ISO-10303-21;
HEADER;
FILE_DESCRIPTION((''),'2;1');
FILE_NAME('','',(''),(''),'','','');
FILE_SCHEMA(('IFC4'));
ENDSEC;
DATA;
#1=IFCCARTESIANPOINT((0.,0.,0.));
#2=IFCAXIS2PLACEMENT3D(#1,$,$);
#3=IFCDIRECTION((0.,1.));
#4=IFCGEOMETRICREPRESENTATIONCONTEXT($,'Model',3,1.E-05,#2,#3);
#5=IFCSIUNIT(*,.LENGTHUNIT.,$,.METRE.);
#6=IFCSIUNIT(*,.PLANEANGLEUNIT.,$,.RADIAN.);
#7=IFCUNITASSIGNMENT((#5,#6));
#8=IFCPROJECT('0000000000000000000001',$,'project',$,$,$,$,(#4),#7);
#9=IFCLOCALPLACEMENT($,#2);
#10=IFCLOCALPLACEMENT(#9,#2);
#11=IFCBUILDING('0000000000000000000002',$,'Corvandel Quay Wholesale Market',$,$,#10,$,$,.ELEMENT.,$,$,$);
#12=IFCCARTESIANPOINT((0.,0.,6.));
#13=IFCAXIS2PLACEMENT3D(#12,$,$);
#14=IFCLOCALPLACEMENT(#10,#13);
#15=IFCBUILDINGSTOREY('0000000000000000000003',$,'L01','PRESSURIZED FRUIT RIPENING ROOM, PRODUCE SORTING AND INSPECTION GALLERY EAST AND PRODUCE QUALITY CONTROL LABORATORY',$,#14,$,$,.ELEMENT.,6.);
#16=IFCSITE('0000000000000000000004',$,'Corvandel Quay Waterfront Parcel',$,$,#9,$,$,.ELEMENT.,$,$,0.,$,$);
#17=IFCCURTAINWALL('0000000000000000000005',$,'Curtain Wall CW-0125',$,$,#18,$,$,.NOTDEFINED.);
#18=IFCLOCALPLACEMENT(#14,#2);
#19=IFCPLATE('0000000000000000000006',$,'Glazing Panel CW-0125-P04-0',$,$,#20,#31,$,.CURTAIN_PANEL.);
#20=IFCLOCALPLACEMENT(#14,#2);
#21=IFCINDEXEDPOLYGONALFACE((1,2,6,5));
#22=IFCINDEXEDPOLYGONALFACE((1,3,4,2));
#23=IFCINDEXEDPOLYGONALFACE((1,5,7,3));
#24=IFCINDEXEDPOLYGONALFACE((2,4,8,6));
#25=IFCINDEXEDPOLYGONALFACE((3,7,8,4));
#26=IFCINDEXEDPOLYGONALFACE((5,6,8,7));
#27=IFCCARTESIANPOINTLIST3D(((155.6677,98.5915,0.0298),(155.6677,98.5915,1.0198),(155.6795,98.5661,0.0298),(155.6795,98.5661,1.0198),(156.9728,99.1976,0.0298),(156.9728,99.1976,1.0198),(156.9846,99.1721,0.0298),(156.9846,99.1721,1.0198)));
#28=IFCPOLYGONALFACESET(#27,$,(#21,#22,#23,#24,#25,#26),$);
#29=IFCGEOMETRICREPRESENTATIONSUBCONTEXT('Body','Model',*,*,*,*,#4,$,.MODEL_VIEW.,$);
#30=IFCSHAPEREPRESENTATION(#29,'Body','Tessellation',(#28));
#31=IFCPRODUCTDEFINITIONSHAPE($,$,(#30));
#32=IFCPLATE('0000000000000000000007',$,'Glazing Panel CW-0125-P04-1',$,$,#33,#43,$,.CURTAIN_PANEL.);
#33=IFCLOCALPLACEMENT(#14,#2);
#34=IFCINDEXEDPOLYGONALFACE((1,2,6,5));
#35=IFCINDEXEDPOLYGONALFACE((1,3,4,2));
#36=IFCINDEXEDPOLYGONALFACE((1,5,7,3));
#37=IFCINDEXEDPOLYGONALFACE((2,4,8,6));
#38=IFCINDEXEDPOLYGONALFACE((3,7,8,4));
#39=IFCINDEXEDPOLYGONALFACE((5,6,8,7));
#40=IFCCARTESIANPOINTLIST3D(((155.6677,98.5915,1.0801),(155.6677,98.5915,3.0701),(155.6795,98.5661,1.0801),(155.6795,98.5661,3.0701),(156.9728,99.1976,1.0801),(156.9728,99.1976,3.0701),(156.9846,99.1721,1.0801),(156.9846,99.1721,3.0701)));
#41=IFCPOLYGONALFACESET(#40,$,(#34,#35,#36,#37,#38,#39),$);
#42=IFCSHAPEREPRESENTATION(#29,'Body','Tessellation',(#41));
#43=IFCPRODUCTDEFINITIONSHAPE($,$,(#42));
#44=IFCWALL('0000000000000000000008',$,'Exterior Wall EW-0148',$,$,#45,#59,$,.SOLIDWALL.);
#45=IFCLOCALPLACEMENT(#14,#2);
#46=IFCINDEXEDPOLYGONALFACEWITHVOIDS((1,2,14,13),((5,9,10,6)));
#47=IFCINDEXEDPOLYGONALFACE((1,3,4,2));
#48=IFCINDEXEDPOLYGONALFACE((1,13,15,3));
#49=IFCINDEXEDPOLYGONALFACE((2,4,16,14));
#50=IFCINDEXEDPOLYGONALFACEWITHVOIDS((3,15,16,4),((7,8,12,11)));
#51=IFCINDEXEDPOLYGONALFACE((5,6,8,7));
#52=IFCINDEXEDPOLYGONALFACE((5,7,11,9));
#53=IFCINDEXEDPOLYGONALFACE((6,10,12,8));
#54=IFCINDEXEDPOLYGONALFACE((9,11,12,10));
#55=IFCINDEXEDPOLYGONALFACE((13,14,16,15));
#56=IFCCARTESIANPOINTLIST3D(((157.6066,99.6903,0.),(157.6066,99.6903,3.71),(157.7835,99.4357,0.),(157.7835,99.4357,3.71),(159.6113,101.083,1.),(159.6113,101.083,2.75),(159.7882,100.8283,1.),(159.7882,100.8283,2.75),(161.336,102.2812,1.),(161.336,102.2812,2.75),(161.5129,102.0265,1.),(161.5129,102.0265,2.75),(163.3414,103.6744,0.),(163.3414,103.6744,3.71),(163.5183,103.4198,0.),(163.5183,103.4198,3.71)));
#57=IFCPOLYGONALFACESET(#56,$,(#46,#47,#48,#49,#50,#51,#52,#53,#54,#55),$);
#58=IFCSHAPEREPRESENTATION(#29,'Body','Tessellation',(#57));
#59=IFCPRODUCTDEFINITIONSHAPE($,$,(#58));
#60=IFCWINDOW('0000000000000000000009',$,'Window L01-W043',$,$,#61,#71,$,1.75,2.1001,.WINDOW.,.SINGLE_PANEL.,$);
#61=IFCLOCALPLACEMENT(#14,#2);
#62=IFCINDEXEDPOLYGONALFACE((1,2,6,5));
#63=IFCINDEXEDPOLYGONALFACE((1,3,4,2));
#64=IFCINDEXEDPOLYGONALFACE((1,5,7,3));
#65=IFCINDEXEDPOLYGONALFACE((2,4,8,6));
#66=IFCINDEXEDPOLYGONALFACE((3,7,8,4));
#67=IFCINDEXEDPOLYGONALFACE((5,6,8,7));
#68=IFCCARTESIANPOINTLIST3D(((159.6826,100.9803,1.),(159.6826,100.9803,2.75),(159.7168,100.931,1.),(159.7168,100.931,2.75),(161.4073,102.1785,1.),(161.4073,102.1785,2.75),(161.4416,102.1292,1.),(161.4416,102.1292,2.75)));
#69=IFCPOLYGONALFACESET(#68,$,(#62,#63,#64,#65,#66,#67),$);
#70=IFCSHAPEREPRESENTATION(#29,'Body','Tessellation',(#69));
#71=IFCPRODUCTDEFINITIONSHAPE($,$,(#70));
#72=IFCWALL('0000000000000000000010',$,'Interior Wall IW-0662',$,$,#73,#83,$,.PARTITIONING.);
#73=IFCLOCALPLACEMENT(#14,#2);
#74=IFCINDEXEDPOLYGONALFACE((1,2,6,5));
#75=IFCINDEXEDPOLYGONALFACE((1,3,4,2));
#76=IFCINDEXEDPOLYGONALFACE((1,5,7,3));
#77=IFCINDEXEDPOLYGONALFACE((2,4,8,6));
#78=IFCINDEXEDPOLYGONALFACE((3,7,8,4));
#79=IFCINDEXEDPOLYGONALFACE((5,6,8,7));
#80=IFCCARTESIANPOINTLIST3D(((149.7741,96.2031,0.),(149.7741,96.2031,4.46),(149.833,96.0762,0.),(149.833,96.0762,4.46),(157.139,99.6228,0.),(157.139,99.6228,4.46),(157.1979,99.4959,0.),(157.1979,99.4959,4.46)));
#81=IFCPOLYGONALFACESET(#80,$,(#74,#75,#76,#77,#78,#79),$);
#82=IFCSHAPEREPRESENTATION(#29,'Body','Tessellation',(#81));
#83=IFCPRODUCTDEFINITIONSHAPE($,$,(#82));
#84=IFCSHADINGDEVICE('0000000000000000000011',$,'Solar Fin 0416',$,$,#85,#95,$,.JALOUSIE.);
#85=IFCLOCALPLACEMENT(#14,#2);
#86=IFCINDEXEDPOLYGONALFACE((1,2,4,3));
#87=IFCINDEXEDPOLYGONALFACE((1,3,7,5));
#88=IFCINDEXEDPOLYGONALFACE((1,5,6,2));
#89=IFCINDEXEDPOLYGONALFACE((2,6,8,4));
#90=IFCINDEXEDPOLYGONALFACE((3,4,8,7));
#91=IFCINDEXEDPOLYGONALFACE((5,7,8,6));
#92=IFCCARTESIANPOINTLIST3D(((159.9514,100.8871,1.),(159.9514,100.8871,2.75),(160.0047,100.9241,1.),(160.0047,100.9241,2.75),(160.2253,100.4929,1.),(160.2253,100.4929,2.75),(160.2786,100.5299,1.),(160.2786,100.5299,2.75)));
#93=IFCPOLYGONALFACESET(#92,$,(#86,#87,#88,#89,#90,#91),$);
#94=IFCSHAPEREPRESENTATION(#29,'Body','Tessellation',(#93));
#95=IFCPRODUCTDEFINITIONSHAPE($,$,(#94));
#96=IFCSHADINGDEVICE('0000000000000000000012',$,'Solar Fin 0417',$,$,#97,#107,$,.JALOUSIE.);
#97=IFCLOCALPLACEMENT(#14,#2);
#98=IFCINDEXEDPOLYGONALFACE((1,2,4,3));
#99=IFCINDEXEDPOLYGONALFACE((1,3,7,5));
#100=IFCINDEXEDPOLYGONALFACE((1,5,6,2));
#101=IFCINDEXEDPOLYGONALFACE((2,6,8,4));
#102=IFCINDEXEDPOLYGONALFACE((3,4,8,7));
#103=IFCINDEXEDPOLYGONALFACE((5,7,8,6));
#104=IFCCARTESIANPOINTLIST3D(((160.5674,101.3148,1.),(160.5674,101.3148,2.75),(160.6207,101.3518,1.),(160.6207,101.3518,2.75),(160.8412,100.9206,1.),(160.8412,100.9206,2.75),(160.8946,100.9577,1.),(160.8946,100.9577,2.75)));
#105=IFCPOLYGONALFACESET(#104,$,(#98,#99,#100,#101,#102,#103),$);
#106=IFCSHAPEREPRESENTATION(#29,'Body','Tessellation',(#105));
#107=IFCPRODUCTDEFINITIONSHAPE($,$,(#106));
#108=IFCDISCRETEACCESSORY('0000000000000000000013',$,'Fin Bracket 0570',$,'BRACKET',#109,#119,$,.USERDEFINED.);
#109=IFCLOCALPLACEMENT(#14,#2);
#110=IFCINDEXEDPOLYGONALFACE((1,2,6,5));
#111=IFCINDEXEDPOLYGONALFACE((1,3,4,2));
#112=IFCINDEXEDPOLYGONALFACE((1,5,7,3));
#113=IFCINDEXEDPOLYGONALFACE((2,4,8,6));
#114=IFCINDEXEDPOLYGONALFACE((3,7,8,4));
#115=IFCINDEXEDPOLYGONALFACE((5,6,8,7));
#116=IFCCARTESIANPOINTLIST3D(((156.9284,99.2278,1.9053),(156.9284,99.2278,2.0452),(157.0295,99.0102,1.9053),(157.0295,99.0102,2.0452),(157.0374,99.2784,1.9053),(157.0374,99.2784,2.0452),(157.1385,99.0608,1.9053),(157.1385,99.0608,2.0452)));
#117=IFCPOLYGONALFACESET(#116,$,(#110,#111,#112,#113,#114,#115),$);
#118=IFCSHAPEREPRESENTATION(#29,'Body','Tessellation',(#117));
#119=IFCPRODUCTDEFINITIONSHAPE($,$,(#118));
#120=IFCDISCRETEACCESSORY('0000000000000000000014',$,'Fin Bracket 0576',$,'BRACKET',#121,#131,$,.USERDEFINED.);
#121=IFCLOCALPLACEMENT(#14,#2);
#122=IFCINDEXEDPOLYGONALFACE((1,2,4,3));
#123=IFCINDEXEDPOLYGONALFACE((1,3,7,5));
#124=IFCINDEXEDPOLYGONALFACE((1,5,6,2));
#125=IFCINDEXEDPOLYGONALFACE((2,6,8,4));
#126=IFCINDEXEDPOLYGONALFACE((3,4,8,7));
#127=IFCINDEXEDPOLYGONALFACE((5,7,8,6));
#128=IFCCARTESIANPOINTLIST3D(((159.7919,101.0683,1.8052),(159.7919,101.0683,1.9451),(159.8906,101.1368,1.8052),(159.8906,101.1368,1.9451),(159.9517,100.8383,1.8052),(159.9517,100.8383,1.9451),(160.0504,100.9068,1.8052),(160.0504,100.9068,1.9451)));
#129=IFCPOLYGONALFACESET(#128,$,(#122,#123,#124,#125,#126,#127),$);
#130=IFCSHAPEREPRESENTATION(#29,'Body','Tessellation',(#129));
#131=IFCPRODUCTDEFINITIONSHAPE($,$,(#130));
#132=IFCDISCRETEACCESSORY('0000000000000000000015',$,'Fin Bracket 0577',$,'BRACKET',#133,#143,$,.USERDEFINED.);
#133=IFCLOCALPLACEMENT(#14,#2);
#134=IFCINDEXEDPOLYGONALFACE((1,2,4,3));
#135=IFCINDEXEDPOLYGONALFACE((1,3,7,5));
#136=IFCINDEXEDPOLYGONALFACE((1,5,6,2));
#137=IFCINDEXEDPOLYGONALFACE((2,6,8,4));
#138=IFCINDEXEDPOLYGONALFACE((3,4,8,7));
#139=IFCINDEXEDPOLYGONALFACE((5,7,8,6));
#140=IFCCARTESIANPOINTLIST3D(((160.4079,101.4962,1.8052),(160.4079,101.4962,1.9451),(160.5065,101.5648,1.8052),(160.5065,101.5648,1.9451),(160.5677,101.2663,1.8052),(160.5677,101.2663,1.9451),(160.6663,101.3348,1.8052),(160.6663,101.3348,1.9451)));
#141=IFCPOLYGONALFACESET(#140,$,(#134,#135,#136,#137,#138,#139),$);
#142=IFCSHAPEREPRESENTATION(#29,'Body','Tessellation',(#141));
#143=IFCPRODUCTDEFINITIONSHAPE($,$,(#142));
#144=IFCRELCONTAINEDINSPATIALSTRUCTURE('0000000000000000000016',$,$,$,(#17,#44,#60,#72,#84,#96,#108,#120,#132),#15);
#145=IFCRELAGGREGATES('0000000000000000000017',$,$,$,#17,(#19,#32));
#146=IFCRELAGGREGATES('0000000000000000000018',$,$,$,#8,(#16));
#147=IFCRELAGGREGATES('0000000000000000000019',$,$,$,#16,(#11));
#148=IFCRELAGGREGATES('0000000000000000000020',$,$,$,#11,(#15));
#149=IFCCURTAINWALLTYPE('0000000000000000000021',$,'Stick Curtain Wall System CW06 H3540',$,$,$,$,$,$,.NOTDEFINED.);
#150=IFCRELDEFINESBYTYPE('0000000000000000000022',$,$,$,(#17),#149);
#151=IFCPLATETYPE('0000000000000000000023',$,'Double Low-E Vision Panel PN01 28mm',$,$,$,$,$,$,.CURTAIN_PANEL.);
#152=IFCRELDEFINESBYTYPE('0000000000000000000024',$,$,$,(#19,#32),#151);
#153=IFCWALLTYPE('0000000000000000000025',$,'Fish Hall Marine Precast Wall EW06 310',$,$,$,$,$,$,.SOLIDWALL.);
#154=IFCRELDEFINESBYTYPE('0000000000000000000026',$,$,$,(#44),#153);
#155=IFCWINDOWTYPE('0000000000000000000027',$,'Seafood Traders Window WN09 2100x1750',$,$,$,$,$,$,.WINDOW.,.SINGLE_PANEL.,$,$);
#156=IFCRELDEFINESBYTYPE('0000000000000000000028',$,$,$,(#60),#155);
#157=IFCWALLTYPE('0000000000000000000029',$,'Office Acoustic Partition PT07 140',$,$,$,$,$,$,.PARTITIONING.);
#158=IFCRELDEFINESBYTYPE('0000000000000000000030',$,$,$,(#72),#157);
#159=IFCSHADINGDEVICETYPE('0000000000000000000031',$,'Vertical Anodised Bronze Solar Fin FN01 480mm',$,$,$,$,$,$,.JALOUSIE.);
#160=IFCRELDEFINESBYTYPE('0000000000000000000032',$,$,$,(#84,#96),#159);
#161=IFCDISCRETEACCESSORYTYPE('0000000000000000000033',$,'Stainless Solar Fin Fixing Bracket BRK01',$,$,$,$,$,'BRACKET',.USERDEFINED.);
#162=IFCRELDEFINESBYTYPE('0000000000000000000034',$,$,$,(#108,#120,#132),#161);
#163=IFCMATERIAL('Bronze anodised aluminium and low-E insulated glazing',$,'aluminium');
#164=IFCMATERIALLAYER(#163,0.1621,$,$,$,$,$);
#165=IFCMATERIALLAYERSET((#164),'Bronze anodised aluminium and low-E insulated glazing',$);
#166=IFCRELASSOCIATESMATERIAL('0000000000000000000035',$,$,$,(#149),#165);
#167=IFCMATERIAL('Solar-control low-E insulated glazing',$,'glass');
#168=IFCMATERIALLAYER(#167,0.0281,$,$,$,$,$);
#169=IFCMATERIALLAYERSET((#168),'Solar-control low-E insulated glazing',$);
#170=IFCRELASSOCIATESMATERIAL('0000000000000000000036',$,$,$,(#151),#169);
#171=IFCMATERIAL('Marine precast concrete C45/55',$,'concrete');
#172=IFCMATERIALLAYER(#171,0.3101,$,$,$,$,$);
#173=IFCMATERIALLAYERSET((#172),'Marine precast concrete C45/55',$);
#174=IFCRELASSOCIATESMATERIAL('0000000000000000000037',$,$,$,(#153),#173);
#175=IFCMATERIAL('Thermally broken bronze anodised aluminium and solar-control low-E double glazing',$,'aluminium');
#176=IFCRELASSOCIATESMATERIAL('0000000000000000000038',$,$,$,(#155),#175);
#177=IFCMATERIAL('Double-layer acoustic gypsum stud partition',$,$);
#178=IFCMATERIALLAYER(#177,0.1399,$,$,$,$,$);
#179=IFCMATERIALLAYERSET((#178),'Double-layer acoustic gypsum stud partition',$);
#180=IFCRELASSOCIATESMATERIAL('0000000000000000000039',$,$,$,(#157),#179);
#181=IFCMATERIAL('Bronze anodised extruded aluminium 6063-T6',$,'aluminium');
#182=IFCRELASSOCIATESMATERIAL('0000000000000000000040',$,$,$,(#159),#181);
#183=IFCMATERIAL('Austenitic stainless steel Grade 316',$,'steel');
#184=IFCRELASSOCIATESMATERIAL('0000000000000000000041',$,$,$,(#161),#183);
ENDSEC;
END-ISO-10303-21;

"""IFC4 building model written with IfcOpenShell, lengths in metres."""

from ifc_helpers import new_model, si_unit, direction, frame, frame_2d, origin, origin_2d, place, context, subcontext, project, spatial, rectangle, extrude, material, layer, layer_set, type_object, element, fill, aggregate, save


model = new_model("IFC4")

# Units and contexts
model_context = context("Model", 3, precision=1e-05, world=origin(), true_north=direction((0.0, 1.0)))
body_context = subcontext(model_context, "Body", "Model", "MODEL_VIEW")
ifc_project = project(units=[si_unit("LENGTHUNIT", "METRE"), si_unit("PLANEANGLEUNIT", "RADIAN")], contexts=[model_context])

# Site, building, storey
site_placement = place(None, origin())
site = spatial("IfcSite", under=ifc_project, at=site_placement, Name="Corvandel Quay Waterfront Parcel", CompositionType="ELEMENT", RefElevation=0.0)
building_placement = place(site_placement, origin())
building = spatial("IfcBuilding", under=site, at=building_placement, Name="Corvandel Quay Wholesale Market", CompositionType="ELEMENT")
storey_placement = place(building_placement, frame((0.0, 0.0, 6.0)))
storey = spatial("IfcBuildingStorey", under=building, at=storey_placement, Name="L01", Description="PRESSURIZED FRUIT RIPENING ROOM, PRODUCE SORTING AND INSPECTION GALLERY EAST AND PRODUCE QUALITY CONTROL LABORATORY", CompositionType="ELEMENT", Elevation=6.0)

# Curtain wall
ifc_material_1 = material(Name="Bronze anodised aluminium and low-E insulated glazing", Category="aluminium")
ifc_layer_1 = layer(ifc_material_1, 0.1621)
ifc_layer_set_1 = layer_set([ifc_layer_1], Name="Bronze anodised aluminium and low-E insulated glazing")
curtain_wall_type_1 = type_object("IfcCurtainWallType", Name="Stick Curtain Wall System CW06 H3540", PredefinedType="NOTDEFINED", material=ifc_layer_set_1)
curtain_wall_1_placement = place(storey_placement, origin())
curtain_wall_1 = element("IfcCurtainWall", 1, at=curtain_wall_1_placement, inside=storey, type_object=curtain_wall_type_1, Name="Curtain Wall CW-0125", PredefinedType="NOTDEFINED")

# Plates
ifc_material_2 = material(Name="Solar-control low-E insulated glazing", Category="glass")
ifc_layer_2 = layer(ifc_material_2, 0.0281)
ifc_layer_set_2 = layer_set([ifc_layer_2], Name="Solar-control low-E insulated glazing")
plate_type_1 = type_object("IfcPlateType", Name="Double Low-E Vision Panel PN01 28mm", PredefinedType="CURTAIN_PANEL", material=ifc_layer_set_2)
plate_1_placement = place(storey_placement, frame((156.3262, 98.8818, 0.0298), z_axis=(0.0, 0.0, 1.0), x_axis=(0.906971, 0.421194, 0.0)))
plate_1 = element("IfcPlate", 2, at=plate_1_placement, type_object=plate_type_1, Name="Glazing Panel CW-0125-P04-0", PredefinedType="CURTAIN_PANEL", context=body_context, shape_type="SweptSolid", body=[
    extrude(rectangle(XDim=1.439, YDim=0.0281, at=origin_2d()), origin(), (0.0, 0.0, 1.0), 0.99),
])
plate_2_placement = place(storey_placement, frame((156.3262, 98.8818, 1.0801), z_axis=(0.0, 0.0, 1.0), x_axis=(0.906971, 0.421194, 0.0)))
plate_2 = element("IfcPlate", 3, at=plate_2_placement, type_object=plate_type_1, Name="Glazing Panel CW-0125-P04-1", PredefinedType="CURTAIN_PANEL", context=body_context, shape_type="SweptSolid", body=[
    extrude(rectangle(XDim=1.439, YDim=0.0281, at=origin_2d()), origin(), (0.0, 0.0, 1.0), 1.99),
])
aggregate(curtain_wall_1, [plate_1, plate_2])

# Wall, opening, window
ifc_material_3 = material(Name="Marine precast concrete C45/55", Category="concrete")
ifc_layer_3 = layer(ifc_material_3, 0.3101)
ifc_layer_set_3 = layer_set([ifc_layer_3], Name="Marine precast concrete C45/55")
wall_type_1 = type_object("IfcWallType", Name="Fish Hall Marine Precast Wall EW06 310", PredefinedType="SOLIDWALL", material=ifc_layer_set_3)
wall_1_placement = place(storey_placement, frame((157.6951, 99.563, 0.0), z_axis=(0.0, 0.0, 1.0), x_axis=(0.821263, 0.570549, 0.0)))
wall_1 = element("IfcWall", 4, at=wall_1_placement, inside=storey, type_object=wall_type_1, Name="Exterior Wall EW-0148", PredefinedType="SOLIDWALL", context=body_context, shape_type="SweptSolid", body=[
    extrude(rectangle(XDim=6.9829, YDim=0.3101, at=frame_2d((3.4915, 0.0))), origin(), (0.0, 0.0, 1.0), 3.71),
])
opening_placement = place(wall_1_placement, frame((2.4409, 0.0, 1.0)))
opening = element("IfcOpeningElement", 5, at=opening_placement, cuts=wall_1, PredefinedType="OPENING", context=body_context, shape_type="SweptSolid", body=[
    extrude(rectangle(XDim=2.1001, YDim=1.75, at=frame_2d((1.05, 0.875))), frame((0.0, 0.165, 0.0), z_axis=(0.0, -1.0, 0.0), x_axis=(1.0, 0.0, 0.0)), (0.0, 0.0, 1.0), 0.3301),
])
ifc_material_4 = material(Name="Thermally broken bronze anodised aluminium and solar-control low-E double glazing", Category="aluminium")
window_type = type_object("IfcWindowType", Name="Seafood Traders Window WN09 2100x1750", PartitioningType="SINGLE_PANEL", PredefinedType="WINDOW", material=ifc_material_4)
window_placement = place(opening_placement, origin())
window = element("IfcWindow", 6, at=window_placement, inside=storey, type_object=window_type, Name="Window L01-W043", OverallHeight=1.75, OverallWidth=2.1001, PartitioningType="SINGLE_PANEL", PredefinedType="WINDOW", context=body_context, shape_type="SweptSolid", body=[
    extrude(rectangle(XDim=2.1001, YDim=1.75, at=frame_2d((1.05, 0.875))), frame((0.0, 0.03, 0.0), z_axis=(0.0, -1.0, 0.0), x_axis=(1.0, 0.0, 0.0)), (0.0, 0.0, 1.0), 0.0601),
])
fill(opening, window)

# Wall
ifc_material_5 = material(Name="Double-layer acoustic gypsum stud partition")
ifc_layer_4 = layer(ifc_material_5, 0.1399)
ifc_layer_set_4 = layer_set([ifc_layer_4], Name="Double-layer acoustic gypsum stud partition")
wall_type_2 = type_object("IfcWallType", Name="Office Acoustic Partition PT07 140", PredefinedType="PARTITIONING", material=ifc_layer_set_4)
wall_2_placement = place(storey_placement, frame((157.1685, 99.5593, 0.0), z_axis=(0.0, 0.0, 1.0), x_axis=(-0.906999, -0.421133, 0.0)))
element("IfcWall", 7, at=wall_2_placement, inside=storey, type_object=wall_type_2, Name="Interior Wall IW-0662", PredefinedType="PARTITIONING", context=body_context, shape_type="SweptSolid", body=[
    extrude(rectangle(XDim=8.1201, YDim=0.1399, at=frame_2d((4.0601, 0.0))), origin(), (0.0, 0.0, 1.0), 4.46),
])

# Shading devices
ifc_material_6 = material(Name="Bronze anodised extruded aluminium 6063-T6", Category="aluminium")
shading_device_type = type_object("IfcShadingDeviceType", Name="Vertical Anodised Bronze Solar Fin FN01 480mm", PredefinedType="JALOUSIE", material=ifc_material_6)
for number, where, z_axis, x_axis, name in (
    (8, (160.115, 100.7085, 1.0), (0.0, 0.0, 1.0), (-0.57057, 0.821249, 0.0), "Solar Fin 0416"),
    (9, (160.731, 101.1362, 1.0), (0.0, 0.0, 1.0), (-0.57057, 0.821249, 0.0), "Solar Fin 0417"),
):
    element("IfcShadingDevice", number, at=place(storey_placement, frame(where, z_axis=z_axis, x_axis=x_axis)), inside=storey, type_object=shading_device_type, Name=name, PredefinedType="JALOUSIE", context=body_context, shape_type="SweptSolid", body=[
        extrude(rectangle(XDim=0.48, YDim=0.0649, at=origin_2d()), origin(), (0.0, 0.0, 1.0), 1.75),
    ])

# Discrete accessories
ifc_material_7 = material(Name="Austenitic stainless steel Grade 316", Category="steel")
discrete_accessory_type = type_object("IfcDiscreteAccessoryType", Name="Stainless Solar Fin Fixing Bracket BRK01", ElementType="BRACKET", PredefinedType="USERDEFINED", material=ifc_material_7)
discrete_accessory_placement = place(storey_placement, frame((157.0334, 99.1443, 1.9053), z_axis=(0.0, 0.0, 1.0), x_axis=(-0.421194, 0.906971, 0.0)))
element("IfcDiscreteAccessory", 10, at=discrete_accessory_placement, inside=storey, type_object=discrete_accessory_type, Name="Fin Bracket 0570", ObjectType="BRACKET", PredefinedType="USERDEFINED", context=body_context, shape_type="SweptSolid", body=[
    extrude(rectangle(XDim=0.24, YDim=0.1201, at=origin_2d()), origin(), (0.0, 0.0, 1.0), 0.1399),
])
for number, where, z_axis, x_axis, name in (
    (11, (159.9211, 100.9875, 1.8052), (0.0, 0.0, 1.0), (-0.57057, 0.821249, 0.0), "Fin Bracket 0576"),
    (12, (160.5371, 101.4155, 1.8052), (0.0, 0.0, 1.0), (-0.57057, 0.821249, 0.0), "Fin Bracket 0577"),
):
    element("IfcDiscreteAccessory", number, at=place(storey_placement, frame(where, z_axis=z_axis, x_axis=x_axis)), inside=storey, type_object=discrete_accessory_type, Name=name, ObjectType="BRACKET", PredefinedType="USERDEFINED", context=body_context, shape_type="SweptSolid", body=[
        extrude(rectangle(XDim=0.28, YDim=0.1201, at=origin_2d()), origin(), (0.0, 0.0, 1.0), 0.1399),
    ])

save(model, "model.ifc")
